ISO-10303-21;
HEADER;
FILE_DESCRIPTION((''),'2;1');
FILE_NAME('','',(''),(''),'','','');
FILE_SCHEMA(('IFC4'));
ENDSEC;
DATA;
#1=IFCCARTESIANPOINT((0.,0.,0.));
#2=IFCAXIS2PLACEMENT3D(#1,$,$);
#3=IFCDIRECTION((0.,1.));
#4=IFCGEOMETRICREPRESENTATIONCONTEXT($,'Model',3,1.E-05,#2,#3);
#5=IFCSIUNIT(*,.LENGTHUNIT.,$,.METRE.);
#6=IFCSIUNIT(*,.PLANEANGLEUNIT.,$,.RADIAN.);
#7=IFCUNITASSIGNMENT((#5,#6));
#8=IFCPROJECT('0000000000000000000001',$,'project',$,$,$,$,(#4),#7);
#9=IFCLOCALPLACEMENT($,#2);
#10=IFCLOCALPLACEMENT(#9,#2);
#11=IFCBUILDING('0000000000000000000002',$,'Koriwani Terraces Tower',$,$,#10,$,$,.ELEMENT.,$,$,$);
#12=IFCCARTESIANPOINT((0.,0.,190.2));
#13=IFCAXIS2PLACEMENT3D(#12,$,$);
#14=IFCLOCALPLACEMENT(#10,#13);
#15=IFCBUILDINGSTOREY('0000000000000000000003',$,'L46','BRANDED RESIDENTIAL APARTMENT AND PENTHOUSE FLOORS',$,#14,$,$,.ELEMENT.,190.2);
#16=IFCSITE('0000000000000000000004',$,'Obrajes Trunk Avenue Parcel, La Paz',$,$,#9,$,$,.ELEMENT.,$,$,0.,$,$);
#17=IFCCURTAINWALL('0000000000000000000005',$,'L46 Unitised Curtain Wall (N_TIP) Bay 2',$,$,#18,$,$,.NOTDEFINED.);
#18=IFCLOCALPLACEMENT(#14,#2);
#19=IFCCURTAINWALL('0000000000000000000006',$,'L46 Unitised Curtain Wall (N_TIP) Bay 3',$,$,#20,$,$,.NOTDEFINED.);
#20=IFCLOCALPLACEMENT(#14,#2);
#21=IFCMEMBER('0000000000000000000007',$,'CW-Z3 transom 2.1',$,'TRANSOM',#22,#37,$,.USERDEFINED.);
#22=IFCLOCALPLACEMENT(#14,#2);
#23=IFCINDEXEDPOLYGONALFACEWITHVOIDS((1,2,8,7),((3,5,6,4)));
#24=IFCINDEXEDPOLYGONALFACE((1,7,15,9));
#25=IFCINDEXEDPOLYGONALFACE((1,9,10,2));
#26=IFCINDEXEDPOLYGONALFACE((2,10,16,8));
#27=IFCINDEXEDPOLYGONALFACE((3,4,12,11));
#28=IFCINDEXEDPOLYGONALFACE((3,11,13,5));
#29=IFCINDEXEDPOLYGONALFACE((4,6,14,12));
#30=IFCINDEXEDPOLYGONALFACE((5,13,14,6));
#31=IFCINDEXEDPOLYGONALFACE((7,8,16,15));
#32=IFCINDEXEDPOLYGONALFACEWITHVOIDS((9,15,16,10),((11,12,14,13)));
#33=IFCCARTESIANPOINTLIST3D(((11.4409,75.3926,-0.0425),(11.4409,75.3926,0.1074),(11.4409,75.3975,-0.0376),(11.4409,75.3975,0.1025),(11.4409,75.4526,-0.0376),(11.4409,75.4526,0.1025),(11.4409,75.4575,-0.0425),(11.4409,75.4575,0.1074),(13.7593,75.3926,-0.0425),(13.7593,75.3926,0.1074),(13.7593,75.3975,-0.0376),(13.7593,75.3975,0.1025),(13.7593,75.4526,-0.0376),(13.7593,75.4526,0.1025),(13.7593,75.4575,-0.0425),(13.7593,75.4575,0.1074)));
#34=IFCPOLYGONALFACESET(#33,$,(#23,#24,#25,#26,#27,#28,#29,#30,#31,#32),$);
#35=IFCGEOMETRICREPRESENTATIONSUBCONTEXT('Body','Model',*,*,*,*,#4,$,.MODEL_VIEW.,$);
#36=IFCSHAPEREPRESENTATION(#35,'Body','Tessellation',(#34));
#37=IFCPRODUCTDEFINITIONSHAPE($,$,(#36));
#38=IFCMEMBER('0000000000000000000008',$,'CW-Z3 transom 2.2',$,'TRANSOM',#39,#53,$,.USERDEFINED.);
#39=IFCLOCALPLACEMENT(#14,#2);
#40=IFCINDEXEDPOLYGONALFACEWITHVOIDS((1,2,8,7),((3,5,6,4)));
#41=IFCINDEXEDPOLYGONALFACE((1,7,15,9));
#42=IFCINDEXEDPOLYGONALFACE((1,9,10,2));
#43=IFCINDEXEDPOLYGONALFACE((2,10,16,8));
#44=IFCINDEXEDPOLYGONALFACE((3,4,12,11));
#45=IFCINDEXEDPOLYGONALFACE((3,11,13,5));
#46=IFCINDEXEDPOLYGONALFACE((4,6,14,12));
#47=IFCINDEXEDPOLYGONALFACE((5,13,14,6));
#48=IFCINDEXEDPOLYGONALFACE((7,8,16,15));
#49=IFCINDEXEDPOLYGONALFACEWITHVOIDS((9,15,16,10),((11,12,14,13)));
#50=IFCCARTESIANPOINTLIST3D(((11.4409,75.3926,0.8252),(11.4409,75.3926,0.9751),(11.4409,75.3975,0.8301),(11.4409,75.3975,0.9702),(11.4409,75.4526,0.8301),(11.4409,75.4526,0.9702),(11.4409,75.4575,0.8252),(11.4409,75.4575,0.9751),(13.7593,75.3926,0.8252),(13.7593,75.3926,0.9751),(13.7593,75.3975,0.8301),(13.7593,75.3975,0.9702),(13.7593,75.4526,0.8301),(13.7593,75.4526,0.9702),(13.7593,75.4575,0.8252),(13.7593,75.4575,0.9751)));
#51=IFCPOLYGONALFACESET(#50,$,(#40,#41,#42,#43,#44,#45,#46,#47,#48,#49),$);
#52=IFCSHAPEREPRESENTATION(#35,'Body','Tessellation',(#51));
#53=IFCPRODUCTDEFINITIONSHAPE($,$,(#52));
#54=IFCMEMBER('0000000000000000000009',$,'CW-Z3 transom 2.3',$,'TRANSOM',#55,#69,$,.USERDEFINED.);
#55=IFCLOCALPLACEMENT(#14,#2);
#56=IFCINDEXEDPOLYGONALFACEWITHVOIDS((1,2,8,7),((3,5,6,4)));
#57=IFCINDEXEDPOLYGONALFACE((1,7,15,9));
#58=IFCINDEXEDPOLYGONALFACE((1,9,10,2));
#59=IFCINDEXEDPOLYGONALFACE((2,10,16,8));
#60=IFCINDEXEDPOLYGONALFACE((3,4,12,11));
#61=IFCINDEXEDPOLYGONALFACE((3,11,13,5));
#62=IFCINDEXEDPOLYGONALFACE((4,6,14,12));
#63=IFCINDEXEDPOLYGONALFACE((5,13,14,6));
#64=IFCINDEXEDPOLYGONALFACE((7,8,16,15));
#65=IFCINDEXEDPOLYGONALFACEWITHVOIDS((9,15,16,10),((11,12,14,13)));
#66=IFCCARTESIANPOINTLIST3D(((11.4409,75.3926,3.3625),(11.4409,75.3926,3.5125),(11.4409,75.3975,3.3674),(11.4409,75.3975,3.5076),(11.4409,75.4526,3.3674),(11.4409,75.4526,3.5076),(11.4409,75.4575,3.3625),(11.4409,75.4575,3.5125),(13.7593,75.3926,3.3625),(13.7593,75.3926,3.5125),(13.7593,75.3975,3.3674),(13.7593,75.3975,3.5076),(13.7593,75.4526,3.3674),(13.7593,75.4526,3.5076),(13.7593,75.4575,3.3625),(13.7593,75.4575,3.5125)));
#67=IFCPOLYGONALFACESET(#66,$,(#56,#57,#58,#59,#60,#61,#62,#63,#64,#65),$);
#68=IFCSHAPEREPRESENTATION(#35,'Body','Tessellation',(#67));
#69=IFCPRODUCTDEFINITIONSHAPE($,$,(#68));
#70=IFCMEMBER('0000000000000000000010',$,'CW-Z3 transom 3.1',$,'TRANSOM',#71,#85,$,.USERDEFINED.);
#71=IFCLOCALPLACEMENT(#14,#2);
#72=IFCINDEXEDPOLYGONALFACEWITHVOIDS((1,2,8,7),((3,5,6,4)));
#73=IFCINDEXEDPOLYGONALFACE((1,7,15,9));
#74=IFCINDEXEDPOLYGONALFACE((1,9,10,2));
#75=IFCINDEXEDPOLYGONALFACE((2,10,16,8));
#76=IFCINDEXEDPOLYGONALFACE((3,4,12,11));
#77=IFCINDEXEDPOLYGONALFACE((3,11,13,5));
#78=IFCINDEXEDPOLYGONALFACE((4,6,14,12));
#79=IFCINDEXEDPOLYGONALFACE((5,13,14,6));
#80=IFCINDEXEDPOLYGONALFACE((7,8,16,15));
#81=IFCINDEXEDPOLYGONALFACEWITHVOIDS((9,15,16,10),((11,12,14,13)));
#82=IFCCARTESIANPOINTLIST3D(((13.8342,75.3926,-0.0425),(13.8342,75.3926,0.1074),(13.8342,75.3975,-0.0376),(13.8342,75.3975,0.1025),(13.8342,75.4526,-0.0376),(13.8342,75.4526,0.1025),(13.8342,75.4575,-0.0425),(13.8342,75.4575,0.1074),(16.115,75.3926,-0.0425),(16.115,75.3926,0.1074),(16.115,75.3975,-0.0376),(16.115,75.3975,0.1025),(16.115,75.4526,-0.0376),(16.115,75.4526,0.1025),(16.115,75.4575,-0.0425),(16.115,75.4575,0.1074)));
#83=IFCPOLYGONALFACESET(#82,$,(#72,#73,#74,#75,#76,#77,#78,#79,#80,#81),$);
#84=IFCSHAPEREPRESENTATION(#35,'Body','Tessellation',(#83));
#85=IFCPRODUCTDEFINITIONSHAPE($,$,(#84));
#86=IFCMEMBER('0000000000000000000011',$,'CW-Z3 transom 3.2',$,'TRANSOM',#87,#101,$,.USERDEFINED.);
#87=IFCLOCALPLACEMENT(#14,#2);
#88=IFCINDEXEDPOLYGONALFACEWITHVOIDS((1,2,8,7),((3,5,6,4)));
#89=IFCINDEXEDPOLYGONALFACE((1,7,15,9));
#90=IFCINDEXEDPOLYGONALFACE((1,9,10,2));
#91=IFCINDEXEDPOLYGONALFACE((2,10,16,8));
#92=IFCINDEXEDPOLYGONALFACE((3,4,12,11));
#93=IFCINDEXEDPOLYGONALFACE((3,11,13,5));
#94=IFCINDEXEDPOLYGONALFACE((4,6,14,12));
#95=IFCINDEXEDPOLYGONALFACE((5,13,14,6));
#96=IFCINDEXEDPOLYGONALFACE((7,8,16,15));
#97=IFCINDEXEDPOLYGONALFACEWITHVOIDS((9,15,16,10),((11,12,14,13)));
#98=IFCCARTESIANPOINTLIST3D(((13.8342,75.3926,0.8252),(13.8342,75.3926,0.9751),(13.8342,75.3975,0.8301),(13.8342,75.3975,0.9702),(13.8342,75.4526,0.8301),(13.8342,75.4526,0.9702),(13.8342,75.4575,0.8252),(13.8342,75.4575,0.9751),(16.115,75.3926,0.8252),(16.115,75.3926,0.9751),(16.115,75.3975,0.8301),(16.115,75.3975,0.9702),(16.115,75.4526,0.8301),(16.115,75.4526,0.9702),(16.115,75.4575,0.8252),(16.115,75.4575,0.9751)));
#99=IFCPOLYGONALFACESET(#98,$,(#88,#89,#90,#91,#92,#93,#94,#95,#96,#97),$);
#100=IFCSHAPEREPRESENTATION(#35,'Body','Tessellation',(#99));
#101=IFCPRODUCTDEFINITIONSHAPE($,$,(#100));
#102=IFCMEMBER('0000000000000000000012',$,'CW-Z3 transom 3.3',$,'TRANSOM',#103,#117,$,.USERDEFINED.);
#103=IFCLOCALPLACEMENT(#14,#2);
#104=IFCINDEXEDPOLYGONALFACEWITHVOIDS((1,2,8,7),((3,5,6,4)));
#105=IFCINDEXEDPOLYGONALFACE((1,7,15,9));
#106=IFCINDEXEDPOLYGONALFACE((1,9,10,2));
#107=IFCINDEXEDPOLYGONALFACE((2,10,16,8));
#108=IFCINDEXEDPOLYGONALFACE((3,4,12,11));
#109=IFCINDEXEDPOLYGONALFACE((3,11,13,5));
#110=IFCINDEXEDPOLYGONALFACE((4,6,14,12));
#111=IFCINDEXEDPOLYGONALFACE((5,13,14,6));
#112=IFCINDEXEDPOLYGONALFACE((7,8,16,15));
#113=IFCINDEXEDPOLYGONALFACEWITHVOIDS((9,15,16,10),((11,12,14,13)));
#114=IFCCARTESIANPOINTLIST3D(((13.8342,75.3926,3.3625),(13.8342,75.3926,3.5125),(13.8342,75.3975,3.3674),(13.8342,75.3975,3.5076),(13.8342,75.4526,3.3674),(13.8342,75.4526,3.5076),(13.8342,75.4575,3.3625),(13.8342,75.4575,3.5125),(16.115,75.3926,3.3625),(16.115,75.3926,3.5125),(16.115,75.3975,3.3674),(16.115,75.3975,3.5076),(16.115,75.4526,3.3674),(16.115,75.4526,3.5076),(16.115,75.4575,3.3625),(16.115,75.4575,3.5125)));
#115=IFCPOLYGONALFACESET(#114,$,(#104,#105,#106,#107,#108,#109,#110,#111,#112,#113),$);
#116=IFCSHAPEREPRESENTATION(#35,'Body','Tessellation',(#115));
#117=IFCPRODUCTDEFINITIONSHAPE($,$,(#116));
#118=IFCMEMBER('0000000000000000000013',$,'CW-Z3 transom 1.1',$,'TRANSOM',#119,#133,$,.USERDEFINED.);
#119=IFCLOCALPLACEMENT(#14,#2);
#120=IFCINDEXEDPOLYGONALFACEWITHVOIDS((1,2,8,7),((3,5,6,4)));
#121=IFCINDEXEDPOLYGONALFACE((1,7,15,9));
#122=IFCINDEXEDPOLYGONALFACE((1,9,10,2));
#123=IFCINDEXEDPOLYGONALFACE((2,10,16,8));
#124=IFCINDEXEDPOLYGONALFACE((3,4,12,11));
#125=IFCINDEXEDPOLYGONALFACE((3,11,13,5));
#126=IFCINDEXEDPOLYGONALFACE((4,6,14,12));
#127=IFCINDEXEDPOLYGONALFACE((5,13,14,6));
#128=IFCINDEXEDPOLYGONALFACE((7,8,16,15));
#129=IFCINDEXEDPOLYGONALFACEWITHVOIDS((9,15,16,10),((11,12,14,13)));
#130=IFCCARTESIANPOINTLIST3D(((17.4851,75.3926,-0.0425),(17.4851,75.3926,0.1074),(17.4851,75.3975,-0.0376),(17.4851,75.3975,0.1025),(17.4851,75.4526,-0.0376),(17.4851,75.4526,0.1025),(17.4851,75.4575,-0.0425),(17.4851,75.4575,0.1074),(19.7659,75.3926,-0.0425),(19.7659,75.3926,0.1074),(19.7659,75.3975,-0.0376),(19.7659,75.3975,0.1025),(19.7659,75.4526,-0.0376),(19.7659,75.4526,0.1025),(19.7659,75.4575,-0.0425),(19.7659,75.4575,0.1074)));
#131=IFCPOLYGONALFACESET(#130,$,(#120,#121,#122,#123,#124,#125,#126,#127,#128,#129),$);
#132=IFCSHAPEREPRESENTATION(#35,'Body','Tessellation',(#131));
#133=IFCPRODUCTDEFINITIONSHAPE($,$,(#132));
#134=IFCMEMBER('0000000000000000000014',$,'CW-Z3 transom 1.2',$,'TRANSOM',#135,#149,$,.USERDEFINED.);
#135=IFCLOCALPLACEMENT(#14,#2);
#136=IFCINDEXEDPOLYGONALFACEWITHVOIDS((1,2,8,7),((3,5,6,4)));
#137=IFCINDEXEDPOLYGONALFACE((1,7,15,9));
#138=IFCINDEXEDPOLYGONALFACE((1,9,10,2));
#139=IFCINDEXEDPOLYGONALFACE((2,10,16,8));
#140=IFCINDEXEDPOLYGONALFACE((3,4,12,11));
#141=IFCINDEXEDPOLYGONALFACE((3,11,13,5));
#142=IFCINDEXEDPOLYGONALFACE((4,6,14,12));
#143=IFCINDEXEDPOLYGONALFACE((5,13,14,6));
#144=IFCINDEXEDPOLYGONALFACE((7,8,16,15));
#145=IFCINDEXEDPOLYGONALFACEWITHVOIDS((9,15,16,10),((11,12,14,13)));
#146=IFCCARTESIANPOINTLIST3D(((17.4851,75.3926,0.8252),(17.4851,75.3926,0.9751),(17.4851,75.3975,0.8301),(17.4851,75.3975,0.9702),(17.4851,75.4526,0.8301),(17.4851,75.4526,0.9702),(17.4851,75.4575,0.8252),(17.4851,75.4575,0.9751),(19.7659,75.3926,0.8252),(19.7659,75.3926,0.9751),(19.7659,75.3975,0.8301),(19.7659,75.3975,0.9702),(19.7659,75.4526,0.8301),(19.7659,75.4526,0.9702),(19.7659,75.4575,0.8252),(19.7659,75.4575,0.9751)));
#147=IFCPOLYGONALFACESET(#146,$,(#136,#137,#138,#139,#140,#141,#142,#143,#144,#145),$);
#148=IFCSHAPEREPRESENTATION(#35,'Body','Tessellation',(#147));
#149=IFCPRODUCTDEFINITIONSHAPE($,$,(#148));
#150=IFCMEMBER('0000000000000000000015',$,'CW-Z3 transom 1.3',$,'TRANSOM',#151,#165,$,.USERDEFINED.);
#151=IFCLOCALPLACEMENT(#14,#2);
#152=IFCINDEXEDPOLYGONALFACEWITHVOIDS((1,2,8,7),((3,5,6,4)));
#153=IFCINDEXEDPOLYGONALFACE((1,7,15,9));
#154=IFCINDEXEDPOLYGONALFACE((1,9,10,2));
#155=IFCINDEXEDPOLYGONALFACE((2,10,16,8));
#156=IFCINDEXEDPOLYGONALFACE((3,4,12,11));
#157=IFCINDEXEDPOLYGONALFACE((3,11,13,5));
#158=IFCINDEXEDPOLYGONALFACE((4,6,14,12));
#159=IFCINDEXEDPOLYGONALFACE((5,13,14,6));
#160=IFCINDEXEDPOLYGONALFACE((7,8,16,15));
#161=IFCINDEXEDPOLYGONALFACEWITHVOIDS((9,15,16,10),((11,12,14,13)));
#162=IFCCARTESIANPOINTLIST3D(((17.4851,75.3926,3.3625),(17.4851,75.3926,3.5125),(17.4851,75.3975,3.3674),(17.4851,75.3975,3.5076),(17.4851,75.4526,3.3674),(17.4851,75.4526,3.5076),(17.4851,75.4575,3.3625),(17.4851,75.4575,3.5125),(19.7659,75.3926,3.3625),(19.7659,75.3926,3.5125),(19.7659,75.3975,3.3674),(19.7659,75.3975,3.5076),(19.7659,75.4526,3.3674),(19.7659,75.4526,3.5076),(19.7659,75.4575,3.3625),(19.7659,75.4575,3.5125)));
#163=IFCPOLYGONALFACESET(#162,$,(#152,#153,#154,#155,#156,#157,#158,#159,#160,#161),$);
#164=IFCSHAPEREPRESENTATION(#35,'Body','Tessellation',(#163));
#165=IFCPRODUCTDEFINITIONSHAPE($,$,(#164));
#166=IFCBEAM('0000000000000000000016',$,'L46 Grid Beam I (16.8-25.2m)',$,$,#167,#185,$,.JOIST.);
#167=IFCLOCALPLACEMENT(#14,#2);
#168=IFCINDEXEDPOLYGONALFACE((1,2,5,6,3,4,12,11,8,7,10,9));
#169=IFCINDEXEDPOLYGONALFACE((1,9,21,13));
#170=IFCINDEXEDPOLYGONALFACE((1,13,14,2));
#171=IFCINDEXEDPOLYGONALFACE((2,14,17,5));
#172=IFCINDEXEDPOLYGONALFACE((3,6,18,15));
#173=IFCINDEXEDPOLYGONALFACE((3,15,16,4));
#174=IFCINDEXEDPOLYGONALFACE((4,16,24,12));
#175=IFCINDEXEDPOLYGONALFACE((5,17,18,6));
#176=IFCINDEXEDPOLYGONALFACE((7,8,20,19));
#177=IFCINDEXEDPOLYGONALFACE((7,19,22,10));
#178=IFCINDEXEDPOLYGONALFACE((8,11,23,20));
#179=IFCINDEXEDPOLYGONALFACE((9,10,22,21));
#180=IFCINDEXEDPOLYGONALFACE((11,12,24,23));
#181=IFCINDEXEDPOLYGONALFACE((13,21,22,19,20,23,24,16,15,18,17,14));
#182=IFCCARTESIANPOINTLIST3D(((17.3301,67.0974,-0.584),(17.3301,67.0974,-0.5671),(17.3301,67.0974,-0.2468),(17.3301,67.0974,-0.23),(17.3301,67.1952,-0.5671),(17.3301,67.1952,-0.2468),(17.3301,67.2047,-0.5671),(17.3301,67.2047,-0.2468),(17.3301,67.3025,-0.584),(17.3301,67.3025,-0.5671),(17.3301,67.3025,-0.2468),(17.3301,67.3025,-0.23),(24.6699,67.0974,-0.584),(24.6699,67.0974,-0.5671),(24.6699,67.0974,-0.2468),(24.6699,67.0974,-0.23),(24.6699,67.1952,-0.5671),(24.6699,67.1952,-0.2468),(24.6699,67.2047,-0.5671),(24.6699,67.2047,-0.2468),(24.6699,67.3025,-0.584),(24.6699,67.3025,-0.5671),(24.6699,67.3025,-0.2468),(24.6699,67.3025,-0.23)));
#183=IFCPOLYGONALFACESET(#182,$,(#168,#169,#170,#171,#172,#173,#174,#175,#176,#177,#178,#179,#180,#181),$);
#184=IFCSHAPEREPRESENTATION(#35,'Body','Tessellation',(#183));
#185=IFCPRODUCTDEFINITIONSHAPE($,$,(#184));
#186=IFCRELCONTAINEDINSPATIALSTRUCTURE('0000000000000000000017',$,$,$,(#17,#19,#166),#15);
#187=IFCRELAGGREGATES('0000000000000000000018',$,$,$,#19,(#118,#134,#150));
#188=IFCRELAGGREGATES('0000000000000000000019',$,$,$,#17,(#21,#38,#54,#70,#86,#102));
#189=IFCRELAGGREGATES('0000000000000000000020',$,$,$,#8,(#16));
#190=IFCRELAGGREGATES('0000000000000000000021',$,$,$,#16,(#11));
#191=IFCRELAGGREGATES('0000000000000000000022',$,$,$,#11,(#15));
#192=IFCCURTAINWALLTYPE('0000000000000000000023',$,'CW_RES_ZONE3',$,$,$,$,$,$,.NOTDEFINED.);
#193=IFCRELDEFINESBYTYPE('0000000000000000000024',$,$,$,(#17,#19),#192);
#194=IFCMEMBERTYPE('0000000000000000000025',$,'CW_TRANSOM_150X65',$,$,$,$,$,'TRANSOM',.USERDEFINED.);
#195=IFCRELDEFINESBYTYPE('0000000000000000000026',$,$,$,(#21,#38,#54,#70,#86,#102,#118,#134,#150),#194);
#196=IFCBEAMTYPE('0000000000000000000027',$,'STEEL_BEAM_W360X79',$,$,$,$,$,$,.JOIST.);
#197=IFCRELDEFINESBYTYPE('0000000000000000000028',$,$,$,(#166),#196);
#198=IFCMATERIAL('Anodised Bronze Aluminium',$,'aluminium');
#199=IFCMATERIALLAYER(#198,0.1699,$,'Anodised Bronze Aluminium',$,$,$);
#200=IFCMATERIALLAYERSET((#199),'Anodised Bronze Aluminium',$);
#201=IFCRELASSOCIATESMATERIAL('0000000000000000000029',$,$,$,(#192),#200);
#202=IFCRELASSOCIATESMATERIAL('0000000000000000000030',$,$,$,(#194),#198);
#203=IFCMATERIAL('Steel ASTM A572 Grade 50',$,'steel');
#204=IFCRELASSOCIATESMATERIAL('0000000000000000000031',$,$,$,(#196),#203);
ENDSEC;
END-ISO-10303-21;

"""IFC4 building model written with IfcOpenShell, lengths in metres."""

from ifc_helpers import new_model, si_unit, direction, frame, origin, origin_2d, place, context, subcontext, project, spatial, hollow_rectangle, i_section, extrude, material, layer, layer_set, material_profile, profile_set, type_object, element, aggregate, save


model = new_model("IFC4")

# Units and contexts
model_context = context("Model", 3, precision=1e-05, world=origin(), true_north=direction((0.0, 1.0)))
body_context = subcontext(model_context, "Body", "Model", "MODEL_VIEW")
ifc_project = project(units=[si_unit("LENGTHUNIT", "METRE"), si_unit("PLANEANGLEUNIT", "RADIAN")], contexts=[model_context])

# Site, building, storey
site_placement = place(None, origin())
site = spatial("IfcSite", under=ifc_project, at=site_placement, Name="Obrajes Trunk Avenue Parcel, La Paz", CompositionType="ELEMENT", RefElevation=0.0)
building_placement = place(site_placement, origin())
building = spatial("IfcBuilding", under=site, at=building_placement, Name="Koriwani Terraces Tower", CompositionType="ELEMENT")
storey_placement = place(building_placement, frame((0.0, 0.0, 190.2)))
storey = spatial("IfcBuildingStorey", under=building, at=storey_placement, Name="L46", Description="BRANDED RESIDENTIAL APARTMENT AND PENTHOUSE FLOORS", CompositionType="ELEMENT", Elevation=190.2)

# Curtain wall
ifc_material_1 = material(Name="Anodised Bronze Aluminium", Category="aluminium")
ifc_layer_1 = layer(ifc_material_1, 0.1699, Name="Anodised Bronze Aluminium")
ifc_layer_set_1 = layer_set([ifc_layer_1], Name="Anodised Bronze Aluminium")
curtain_wall_type = type_object("IfcCurtainWallType", Name="CW_RES_ZONE3", PredefinedType="NOTDEFINED", material=ifc_layer_set_1)
curtain_wall_1_placement = place(storey_placement, origin())
curtain_wall_1 = element("IfcCurtainWall", 1, at=curtain_wall_1_placement, inside=storey, type_object=curtain_wall_type, Name="L46 Unitised Curtain Wall (N_TIP) Bay 2", PredefinedType="NOTDEFINED")

# Curtain wall
curtain_wall_2_placement = place(storey_placement, origin())
curtain_wall_2 = element("IfcCurtainWall", 2, at=curtain_wall_2_placement, inside=storey, type_object=curtain_wall_type, Name="L46 Unitised Curtain Wall (N_TIP) Bay 3", PredefinedType="NOTDEFINED")

# Members
ifc_material_profile_1 = material_profile(ifc_material_1, hollow_rectangle(XDim=0.0649, YDim=0.1499, WallThickness=0.0049, at=origin_2d()), Name="Anodised Bronze Aluminium", Category="LoadBearing")
ifc_profile_set_1 = profile_set([ifc_material_profile_1], Name="Anodised Bronze Aluminium")
member_type_1 = type_object("IfcMemberType", Name="CW_TRANSOM_150X65", ElementType="TRANSOM", PredefinedType="USERDEFINED", material=ifc_profile_set_1)
member_1_placement = place(storey_placement, frame((11.4409, 75.425, 0.0325), z_axis=(1.0, 0.0, 0.0), x_axis=(0.0, 1.0, 0.0)))
member_1 = element("IfcMember", 3, at=member_1_placement, type_object=member_type_1, Name="CW-Z3 transom 2.1", ObjectType="TRANSOM", PredefinedType="USERDEFINED", context=body_context, shape_type="SweptSolid", body=[
    extrude(hollow_rectangle(XDim=0.0649, YDim=0.1499, WallThickness=0.0049, at=origin_2d()), origin(), (0.0, 0.0, 1.0), 2.3184),
])
member_2_placement = place(storey_placement, frame((11.4409, 75.425, 0.9001), z_axis=(1.0, 0.0, 0.0), x_axis=(0.0, 1.0, 0.0)))
member_2 = element("IfcMember", 4, at=member_2_placement, type_object=member_type_1, Name="CW-Z3 transom 2.2", ObjectType="TRANSOM", PredefinedType="USERDEFINED", context=body_context, shape_type="SweptSolid", body=[
    extrude(hollow_rectangle(XDim=0.0649, YDim=0.1499, WallThickness=0.0049, at=origin_2d()), origin(), (0.0, 0.0, 1.0), 2.3184),
])
member_3_placement = place(storey_placement, frame((11.4409, 75.425, 3.4375), z_axis=(1.0, 0.0, 0.0), x_axis=(0.0, 1.0, 0.0)))
member_3 = element("IfcMember", 5, at=member_3_placement, type_object=member_type_1, Name="CW-Z3 transom 2.3", ObjectType="TRANSOM", PredefinedType="USERDEFINED", context=body_context, shape_type="SweptSolid", body=[
    extrude(hollow_rectangle(XDim=0.0649, YDim=0.1499, WallThickness=0.0049, at=origin_2d()), origin(), (0.0, 0.0, 1.0), 2.3184),
])
member_4_placement = place(storey_placement, frame((13.8342, 75.425, 0.0325), z_axis=(1.0, 0.0, 0.0), x_axis=(0.0, 1.0, 0.0)))
member_4 = element("IfcMember", 6, at=member_4_placement, type_object=member_type_1, Name="CW-Z3 transom 3.1", ObjectType="TRANSOM", PredefinedType="USERDEFINED", context=body_context, shape_type="SweptSolid", body=[
    extrude(hollow_rectangle(XDim=0.0649, YDim=0.1499, WallThickness=0.0049, at=origin_2d()), origin(), (0.0, 0.0, 1.0), 2.2808),
])
member_5_placement = place(storey_placement, frame((13.8342, 75.425, 0.9001), z_axis=(1.0, 0.0, 0.0), x_axis=(0.0, 1.0, 0.0)))
member_5 = element("IfcMember", 7, at=member_5_placement, type_object=member_type_1, Name="CW-Z3 transom 3.2", ObjectType="TRANSOM", PredefinedType="USERDEFINED", context=body_context, shape_type="SweptSolid", body=[
    extrude(hollow_rectangle(XDim=0.0649, YDim=0.1499, WallThickness=0.0049, at=origin_2d()), origin(), (0.0, 0.0, 1.0), 2.2808),
])
member_6_placement = place(storey_placement, frame((13.8342, 75.425, 3.4375), z_axis=(1.0, 0.0, 0.0), x_axis=(0.0, 1.0, 0.0)))
member_6 = element("IfcMember", 8, at=member_6_placement, type_object=member_type_1, Name="CW-Z3 transom 3.3", ObjectType="TRANSOM", PredefinedType="USERDEFINED", context=body_context, shape_type="SweptSolid", body=[
    extrude(hollow_rectangle(XDim=0.0649, YDim=0.1499, WallThickness=0.0049, at=origin_2d()), origin(), (0.0, 0.0, 1.0), 2.2808),
])
member_7_placement = place(storey_placement, frame((17.4851, 75.425, 0.0325), z_axis=(1.0, 0.0, 0.0), x_axis=(0.0, 1.0, 0.0)))
member_7 = element("IfcMember", 9, at=member_7_placement, type_object=member_type_1, Name="CW-Z3 transom 1.1", ObjectType="TRANSOM", PredefinedType="USERDEFINED", context=body_context, shape_type="SweptSolid", body=[
    extrude(hollow_rectangle(XDim=0.0649, YDim=0.1499, WallThickness=0.0049, at=origin_2d()), origin(), (0.0, 0.0, 1.0), 2.2808),
])
member_8_placement = place(storey_placement, frame((17.4851, 75.425, 0.9001), z_axis=(1.0, 0.0, 0.0), x_axis=(0.0, 1.0, 0.0)))
member_8 = element("IfcMember", 10, at=member_8_placement, type_object=member_type_1, Name="CW-Z3 transom 1.2", ObjectType="TRANSOM", PredefinedType="USERDEFINED", context=body_context, shape_type="SweptSolid", body=[
    extrude(hollow_rectangle(XDim=0.0649, YDim=0.1499, WallThickness=0.0049, at=origin_2d()), origin(), (0.0, 0.0, 1.0), 2.2808),
])
member_9_placement = place(storey_placement, frame((17.4851, 75.425, 3.4375), z_axis=(1.0, 0.0, 0.0), x_axis=(0.0, 1.0, 0.0)))
member_9 = element("IfcMember", 11, at=member_9_placement, type_object=member_type_1, Name="CW-Z3 transom 1.3", ObjectType="TRANSOM", PredefinedType="USERDEFINED", context=body_context, shape_type="SweptSolid", body=[
    extrude(hollow_rectangle(XDim=0.0649, YDim=0.1499, WallThickness=0.0049, at=origin_2d()), origin(), (0.0, 0.0, 1.0), 2.2808),
])
aggregate(curtain_wall_2, [member_7, member_8, member_9])

# Beam
ifc_material_2 = material(Name="Steel ASTM A572 Grade 50", Category="steel")
ifc_material_profile_2 = material_profile(ifc_material_2, i_section(OverallWidth=0.2051, OverallDepth=0.354, WebThickness=0.0095, FlangeThickness=0.0168, at=origin_2d()), Name="Steel ASTM A572 Grade 50", Category="LoadBearing")
ifc_profile_set_2 = profile_set([ifc_material_profile_2], Name="Steel ASTM A572 Grade 50")
beam_type_1 = type_object("IfcBeamType", Name="STEEL_BEAM_W360X79", PredefinedType="JOIST", material=ifc_profile_set_2)
beam_1_placement = place(storey_placement, frame((17.3301, 67.2, -0.407), z_axis=(1.0, 0.0, 0.0), x_axis=(0.0, 1.0, 0.0)))
element("IfcBeam", 12, at=beam_1_placement, inside=storey, type_object=beam_type_1, Name="L46 Grid Beam I (16.8-25.2m)", PredefinedType="JOIST", context=body_context, shape_type="SweptSolid", body=[
    extrude(i_section(OverallWidth=0.2051, OverallDepth=0.354, WebThickness=0.0095, FlangeThickness=0.0168, at=origin_2d()), origin(), (0.0, 0.0, 1.0), 7.3398),
])

aggregate(curtain_wall_1, [member_1, member_2, member_3, member_4, member_5, member_6])

save(model, "model.ifc")
